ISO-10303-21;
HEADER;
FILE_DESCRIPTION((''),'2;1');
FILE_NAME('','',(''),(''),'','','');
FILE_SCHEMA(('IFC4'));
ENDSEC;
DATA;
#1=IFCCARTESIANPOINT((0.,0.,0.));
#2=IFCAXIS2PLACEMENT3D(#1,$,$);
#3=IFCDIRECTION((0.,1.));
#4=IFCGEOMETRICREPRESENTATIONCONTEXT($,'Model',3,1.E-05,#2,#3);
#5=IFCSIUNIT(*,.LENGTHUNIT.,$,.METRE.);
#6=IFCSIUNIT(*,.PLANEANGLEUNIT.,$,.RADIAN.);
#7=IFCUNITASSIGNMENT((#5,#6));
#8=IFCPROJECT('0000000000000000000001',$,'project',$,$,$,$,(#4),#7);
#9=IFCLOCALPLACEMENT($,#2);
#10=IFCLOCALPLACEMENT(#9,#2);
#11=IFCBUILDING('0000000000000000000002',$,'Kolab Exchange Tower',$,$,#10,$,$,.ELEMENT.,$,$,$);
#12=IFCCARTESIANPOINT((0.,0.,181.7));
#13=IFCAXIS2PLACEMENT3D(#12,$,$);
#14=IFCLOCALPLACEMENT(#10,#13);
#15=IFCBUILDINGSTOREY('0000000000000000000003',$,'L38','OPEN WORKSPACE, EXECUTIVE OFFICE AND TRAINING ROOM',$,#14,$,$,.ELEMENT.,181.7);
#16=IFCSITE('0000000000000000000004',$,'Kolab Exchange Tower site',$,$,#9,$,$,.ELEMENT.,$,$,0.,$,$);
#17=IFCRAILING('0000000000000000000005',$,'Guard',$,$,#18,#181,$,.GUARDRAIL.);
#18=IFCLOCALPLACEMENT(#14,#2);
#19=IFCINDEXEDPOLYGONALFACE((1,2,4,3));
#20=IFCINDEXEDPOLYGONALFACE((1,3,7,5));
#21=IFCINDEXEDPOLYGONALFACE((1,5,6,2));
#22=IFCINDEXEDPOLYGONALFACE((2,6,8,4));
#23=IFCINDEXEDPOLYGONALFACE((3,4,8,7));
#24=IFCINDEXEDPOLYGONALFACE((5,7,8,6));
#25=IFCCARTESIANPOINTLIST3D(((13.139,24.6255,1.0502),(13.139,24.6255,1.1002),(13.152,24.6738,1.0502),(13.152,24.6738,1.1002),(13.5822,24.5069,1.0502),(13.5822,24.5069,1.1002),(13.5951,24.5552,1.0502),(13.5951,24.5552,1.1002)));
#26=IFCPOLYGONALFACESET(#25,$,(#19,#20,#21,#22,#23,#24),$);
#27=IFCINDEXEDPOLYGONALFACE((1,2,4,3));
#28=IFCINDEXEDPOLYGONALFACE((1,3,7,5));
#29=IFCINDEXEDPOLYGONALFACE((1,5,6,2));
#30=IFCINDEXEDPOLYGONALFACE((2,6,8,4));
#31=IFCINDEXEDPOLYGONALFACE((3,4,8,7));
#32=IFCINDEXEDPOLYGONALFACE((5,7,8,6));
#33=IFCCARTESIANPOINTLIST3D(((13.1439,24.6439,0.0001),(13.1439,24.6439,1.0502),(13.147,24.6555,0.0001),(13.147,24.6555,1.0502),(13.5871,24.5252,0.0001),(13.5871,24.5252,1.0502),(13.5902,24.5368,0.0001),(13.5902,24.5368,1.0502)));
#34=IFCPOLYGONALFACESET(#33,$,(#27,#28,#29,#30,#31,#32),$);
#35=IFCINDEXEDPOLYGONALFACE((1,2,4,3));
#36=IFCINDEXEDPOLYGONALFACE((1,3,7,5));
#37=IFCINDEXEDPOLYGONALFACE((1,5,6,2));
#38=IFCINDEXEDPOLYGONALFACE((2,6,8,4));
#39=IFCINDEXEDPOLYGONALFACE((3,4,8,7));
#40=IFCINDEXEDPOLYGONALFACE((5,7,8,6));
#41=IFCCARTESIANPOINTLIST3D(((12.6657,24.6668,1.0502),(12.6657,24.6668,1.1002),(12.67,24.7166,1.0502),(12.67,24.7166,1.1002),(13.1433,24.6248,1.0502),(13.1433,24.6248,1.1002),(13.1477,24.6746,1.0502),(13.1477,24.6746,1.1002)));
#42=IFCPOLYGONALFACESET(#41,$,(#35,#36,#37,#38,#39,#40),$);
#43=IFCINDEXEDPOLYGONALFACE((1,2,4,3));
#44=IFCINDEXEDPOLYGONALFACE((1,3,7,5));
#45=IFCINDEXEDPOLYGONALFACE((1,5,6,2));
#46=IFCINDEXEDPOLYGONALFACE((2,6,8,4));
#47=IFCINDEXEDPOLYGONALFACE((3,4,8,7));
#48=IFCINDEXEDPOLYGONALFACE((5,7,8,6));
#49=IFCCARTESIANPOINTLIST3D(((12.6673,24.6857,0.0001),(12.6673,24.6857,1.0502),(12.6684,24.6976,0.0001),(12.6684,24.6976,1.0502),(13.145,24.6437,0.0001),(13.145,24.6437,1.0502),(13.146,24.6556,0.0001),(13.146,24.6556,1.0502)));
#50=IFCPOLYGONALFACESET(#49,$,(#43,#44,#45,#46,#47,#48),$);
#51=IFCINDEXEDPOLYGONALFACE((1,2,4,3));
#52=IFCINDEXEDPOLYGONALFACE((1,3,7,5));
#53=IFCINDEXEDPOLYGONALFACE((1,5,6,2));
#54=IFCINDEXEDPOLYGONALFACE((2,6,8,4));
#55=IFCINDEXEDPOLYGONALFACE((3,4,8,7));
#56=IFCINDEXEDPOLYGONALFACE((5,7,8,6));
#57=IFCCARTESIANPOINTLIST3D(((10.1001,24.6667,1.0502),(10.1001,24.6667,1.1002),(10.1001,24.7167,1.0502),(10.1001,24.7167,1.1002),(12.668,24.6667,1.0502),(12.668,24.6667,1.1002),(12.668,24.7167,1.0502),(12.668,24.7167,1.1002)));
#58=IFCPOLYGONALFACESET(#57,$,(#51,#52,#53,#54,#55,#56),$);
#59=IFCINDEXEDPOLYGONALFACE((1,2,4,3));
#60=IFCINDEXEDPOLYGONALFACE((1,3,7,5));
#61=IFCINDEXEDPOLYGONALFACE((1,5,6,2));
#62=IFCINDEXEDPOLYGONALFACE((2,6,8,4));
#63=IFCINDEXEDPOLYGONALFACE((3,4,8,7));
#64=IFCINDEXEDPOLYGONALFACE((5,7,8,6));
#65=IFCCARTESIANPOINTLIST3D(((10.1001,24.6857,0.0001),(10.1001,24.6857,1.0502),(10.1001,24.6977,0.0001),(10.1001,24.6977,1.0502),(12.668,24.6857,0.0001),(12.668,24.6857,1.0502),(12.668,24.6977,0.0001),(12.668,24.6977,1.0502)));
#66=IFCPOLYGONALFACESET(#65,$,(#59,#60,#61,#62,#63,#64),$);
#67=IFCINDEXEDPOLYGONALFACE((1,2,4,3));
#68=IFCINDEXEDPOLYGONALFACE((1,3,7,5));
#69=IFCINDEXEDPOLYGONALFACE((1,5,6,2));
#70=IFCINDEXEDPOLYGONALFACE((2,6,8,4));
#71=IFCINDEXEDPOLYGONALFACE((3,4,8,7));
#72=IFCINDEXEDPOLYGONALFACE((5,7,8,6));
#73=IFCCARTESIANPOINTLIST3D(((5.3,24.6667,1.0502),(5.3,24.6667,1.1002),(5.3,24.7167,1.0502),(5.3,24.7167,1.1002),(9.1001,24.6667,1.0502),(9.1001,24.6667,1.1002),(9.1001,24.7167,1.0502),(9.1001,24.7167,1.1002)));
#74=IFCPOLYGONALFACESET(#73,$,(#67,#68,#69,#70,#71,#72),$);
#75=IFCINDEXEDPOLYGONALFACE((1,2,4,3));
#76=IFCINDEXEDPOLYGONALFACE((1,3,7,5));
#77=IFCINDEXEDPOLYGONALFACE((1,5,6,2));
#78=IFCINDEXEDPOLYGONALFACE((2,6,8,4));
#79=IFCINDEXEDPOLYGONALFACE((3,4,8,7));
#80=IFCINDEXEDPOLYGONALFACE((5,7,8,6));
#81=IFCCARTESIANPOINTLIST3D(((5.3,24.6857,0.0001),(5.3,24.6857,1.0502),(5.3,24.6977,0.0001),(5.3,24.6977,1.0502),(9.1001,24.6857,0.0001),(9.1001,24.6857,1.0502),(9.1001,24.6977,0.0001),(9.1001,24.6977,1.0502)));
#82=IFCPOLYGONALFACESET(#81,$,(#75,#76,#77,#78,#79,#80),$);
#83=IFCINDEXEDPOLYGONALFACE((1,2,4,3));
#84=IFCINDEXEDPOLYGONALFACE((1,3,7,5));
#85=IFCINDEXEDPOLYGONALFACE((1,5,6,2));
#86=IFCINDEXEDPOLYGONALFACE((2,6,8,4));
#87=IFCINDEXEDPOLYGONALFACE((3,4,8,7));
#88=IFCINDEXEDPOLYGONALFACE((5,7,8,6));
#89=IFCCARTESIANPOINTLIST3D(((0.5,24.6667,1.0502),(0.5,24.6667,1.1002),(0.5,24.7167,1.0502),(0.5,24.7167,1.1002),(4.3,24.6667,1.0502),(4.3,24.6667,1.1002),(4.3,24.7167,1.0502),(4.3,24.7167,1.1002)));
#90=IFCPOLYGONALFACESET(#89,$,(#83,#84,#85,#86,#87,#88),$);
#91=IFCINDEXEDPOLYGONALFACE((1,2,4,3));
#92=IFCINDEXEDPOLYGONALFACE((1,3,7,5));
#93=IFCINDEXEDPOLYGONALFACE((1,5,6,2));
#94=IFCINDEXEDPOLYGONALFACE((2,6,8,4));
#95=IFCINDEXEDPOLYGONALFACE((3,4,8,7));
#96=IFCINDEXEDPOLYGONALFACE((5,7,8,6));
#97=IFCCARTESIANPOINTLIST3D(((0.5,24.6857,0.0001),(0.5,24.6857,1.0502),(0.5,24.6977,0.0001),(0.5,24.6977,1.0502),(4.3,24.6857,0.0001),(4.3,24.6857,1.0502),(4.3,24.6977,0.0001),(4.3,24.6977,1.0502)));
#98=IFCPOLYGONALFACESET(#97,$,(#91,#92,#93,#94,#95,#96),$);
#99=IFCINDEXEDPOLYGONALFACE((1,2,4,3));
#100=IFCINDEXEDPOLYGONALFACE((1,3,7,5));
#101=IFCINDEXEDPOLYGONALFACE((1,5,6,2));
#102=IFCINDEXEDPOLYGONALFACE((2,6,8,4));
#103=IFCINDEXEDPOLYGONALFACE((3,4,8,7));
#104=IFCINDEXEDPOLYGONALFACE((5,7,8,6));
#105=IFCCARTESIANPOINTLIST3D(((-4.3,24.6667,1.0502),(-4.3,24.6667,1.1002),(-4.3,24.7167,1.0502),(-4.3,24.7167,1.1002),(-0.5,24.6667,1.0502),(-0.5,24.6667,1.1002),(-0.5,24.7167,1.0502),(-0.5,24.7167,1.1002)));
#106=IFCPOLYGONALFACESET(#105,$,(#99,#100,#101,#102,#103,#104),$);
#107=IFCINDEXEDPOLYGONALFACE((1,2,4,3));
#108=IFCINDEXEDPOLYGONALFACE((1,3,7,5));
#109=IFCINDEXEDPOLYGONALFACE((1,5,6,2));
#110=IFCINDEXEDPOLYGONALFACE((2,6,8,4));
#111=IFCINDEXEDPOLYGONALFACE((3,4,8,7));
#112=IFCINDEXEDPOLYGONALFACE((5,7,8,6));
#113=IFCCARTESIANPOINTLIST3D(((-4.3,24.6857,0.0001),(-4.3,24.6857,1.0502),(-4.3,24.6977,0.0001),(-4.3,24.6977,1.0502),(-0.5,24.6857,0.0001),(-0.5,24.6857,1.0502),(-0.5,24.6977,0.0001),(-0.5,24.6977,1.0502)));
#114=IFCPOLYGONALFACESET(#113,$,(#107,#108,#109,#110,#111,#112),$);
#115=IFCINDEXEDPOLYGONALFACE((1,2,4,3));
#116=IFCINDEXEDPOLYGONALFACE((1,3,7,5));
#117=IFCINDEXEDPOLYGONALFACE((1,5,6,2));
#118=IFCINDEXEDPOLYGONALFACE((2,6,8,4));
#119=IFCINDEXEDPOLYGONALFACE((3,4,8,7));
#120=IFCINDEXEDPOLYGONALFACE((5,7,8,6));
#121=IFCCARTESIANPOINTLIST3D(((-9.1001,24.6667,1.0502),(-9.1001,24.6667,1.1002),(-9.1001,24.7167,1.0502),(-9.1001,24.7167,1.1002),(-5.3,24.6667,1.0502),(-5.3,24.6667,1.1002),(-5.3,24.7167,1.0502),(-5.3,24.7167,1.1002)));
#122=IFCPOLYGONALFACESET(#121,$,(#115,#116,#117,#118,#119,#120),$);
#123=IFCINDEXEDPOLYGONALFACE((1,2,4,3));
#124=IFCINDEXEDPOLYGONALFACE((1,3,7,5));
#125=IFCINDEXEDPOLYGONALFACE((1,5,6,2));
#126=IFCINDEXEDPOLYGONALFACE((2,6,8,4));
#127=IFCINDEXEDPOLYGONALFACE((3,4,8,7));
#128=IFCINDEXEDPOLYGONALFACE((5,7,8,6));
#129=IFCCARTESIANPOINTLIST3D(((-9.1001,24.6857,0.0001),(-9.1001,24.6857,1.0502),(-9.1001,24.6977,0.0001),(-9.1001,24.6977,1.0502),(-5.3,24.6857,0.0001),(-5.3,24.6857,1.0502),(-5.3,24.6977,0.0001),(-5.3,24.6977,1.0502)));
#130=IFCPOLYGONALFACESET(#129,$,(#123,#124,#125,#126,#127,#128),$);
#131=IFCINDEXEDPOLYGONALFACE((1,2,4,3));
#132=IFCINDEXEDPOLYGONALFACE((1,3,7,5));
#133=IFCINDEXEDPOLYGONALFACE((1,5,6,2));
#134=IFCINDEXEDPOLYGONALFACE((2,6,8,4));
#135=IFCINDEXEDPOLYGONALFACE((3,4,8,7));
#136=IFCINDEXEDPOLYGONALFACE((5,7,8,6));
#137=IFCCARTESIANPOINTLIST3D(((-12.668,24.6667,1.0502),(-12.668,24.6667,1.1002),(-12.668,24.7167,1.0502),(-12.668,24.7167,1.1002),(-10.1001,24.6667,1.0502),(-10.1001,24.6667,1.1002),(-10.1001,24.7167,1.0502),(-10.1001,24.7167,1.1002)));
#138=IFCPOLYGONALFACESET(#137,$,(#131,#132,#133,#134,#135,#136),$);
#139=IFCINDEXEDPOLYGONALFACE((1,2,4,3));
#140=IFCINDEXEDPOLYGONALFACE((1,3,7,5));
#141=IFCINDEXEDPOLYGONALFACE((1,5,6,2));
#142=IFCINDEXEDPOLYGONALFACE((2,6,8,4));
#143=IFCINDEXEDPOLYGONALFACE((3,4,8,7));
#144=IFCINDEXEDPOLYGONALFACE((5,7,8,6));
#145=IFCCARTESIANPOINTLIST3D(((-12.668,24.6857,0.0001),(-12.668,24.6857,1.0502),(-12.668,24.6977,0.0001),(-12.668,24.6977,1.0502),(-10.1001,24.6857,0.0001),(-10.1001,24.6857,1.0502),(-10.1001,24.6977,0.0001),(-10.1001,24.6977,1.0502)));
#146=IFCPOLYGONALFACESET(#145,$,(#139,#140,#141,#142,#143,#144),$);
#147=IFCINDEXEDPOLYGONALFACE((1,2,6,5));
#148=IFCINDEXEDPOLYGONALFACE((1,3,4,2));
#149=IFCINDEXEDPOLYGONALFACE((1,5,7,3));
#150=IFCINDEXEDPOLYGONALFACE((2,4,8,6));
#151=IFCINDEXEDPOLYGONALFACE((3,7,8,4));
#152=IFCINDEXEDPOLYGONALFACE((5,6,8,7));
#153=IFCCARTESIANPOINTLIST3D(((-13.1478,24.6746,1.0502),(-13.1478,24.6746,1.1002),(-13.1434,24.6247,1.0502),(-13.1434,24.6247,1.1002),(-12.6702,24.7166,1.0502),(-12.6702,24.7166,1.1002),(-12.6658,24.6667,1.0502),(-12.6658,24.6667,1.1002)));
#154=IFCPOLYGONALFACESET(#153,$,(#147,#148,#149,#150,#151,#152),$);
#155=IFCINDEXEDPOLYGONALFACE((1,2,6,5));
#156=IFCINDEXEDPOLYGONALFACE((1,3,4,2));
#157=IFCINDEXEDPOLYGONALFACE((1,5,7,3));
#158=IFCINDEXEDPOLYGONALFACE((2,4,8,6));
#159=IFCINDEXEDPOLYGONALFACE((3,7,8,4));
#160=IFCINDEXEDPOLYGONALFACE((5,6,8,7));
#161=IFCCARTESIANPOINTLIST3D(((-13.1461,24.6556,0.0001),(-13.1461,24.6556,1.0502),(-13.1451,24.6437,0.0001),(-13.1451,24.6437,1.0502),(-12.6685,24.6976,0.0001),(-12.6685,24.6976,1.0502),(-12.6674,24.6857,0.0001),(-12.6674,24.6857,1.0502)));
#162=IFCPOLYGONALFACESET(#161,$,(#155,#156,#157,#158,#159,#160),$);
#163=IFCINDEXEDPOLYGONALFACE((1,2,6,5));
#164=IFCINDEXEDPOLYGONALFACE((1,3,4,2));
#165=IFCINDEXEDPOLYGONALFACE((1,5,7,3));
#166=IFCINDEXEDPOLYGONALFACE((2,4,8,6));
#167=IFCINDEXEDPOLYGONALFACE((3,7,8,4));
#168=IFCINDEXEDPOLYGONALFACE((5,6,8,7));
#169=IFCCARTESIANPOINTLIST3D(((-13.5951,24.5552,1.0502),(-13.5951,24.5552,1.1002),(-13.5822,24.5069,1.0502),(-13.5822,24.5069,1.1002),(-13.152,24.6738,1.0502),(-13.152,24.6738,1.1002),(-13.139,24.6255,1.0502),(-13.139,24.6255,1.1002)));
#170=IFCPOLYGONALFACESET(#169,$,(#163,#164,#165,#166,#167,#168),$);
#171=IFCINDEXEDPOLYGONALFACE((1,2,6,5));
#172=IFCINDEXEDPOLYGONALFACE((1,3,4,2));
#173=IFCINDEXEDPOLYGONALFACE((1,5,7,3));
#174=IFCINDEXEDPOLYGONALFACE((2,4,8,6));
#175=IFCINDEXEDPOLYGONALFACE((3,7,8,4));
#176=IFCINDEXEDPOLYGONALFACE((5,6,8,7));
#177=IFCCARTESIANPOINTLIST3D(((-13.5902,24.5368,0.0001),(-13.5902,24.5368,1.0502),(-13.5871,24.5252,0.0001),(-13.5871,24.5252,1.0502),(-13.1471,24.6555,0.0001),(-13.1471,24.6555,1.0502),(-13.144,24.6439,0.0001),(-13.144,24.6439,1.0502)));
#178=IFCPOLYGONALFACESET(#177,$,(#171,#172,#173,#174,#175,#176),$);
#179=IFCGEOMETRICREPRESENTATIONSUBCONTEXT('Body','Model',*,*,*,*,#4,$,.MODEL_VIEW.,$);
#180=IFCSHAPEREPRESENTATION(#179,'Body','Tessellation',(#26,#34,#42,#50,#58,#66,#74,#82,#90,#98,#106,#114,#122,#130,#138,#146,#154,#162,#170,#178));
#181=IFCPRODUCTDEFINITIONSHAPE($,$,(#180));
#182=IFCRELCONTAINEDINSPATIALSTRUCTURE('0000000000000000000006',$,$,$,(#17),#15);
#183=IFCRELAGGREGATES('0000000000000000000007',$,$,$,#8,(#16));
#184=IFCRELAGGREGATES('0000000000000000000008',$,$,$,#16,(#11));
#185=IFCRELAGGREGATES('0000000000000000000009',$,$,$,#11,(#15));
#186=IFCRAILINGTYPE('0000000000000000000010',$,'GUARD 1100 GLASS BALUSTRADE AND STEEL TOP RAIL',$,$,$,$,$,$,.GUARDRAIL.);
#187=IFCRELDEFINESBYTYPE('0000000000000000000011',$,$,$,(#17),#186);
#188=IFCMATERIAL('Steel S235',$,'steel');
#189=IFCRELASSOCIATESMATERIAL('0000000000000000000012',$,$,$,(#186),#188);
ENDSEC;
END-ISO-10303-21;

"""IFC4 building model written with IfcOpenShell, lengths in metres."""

from ifc_helpers import new_model, si_unit, direction, frame, frame_2d, origin, origin_2d, place, context, subcontext, project, spatial, rectangle, extrude, material, type_object, element, save


model = new_model("IFC4")

# Units and contexts
model_context = context("Model", 3, precision=1e-05, world=origin(), true_north=direction((0.0, 1.0)))
body_context = subcontext(model_context, "Body", "Model", "MODEL_VIEW")
ifc_project = project(units=[si_unit("LENGTHUNIT", "METRE"), si_unit("PLANEANGLEUNIT", "RADIAN")], contexts=[model_context])

# Site, building, storey
site_placement = place(None, origin())
site = spatial("IfcSite", under=ifc_project, at=site_placement, Name="Kolab Exchange Tower site", CompositionType="ELEMENT", RefElevation=0.0)
building_placement = place(site_placement, origin())
building = spatial("IfcBuilding", under=site, at=building_placement, Name="Kolab Exchange Tower", CompositionType="ELEMENT")
storey_placement = place(building_placement, frame((0.0, 0.0, 181.7)))
storey = spatial("IfcBuildingStorey", under=building, at=storey_placement, Name="L38", Description="OPEN WORKSPACE, EXECUTIVE OFFICE AND TRAINING ROOM", CompositionType="ELEMENT", Elevation=181.7)

# Railing
ifc_material_1 = material(Name="Steel S235", Category="steel")
railing_type = type_object("IfcRailingType", Name="GUARD 1100 GLASS BALUSTRADE AND STEEL TOP RAIL", PredefinedType="GUARDRAIL", material=ifc_material_1)
railing_placement = place(storey_placement, frame((13.5886, 24.531, 0.0)))
element("IfcRailing", 1, at=railing_placement, inside=storey, type_object=railing_type, Name="Guard", PredefinedType="GUARDRAIL", context=body_context, shape_type="SweptSolid", body=[
    extrude(rectangle(XDim=0.05, YDim=0.05, at=origin_2d()), frame((0.0, 0.0, 1.0752), z_axis=(-0.965969, 0.258656, 0.0), x_axis=(-0.258656, -0.965969, 0.0)), (0.0, 0.0, 1.0), 0.4587),
    extrude(rectangle(XDim=0.012, YDim=1.0501, at=frame_2d((0.0, 0.5251))), frame((0.0, 0.0, 0.0), z_axis=(-0.965969, 0.258656, 0.0), x_axis=(-0.258656, -0.965969, 0.0)), (0.0, 0.0, 1.0), 0.4587),
    extrude(rectangle(XDim=0.05, YDim=0.05, at=origin_2d()), frame((-0.4431, 0.1187, 1.0752), z_axis=(-0.996156, 0.087597, 0.0), x_axis=(-0.087597, -0.996156, 0.0)), (0.0, 0.0, 1.0), 0.4795),
    extrude(rectangle(XDim=0.012, YDim=1.0501, at=frame_2d((0.0, 0.5251))), frame((-0.4431, 0.1187, 0.0), z_axis=(-0.996156, 0.087597, 0.0), x_axis=(-0.087597, -0.996156, 0.0)), (0.0, 0.0, 1.0), 0.4795),
    extrude(rectangle(XDim=0.05, YDim=0.05, at=origin_2d()), frame((-0.9207, 0.1606, 1.0752), z_axis=(-1.0, 0.0, 0.0), x_axis=(0.0, -1.0, 0.0)), (0.0, 0.0, 1.0), 2.5679),
    extrude(rectangle(XDim=0.012, YDim=1.0501, at=frame_2d((0.0, 0.5251))), frame((-0.9207, 0.1606, 0.0), z_axis=(-1.0, 0.0, 0.0), x_axis=(0.0, -1.0, 0.0)), (0.0, 0.0, 1.0), 2.5679),
    extrude(rectangle(XDim=0.05, YDim=0.05, at=origin_2d()), frame((-4.4885, 0.1606, 1.0752), z_axis=(-1.0, 0.0, 0.0), x_axis=(0.0, -1.0, 0.0)), (0.0, 0.0, 1.0), 3.8),
    extrude(rectangle(XDim=0.012, YDim=1.0501, at=frame_2d((0.0, 0.5251))), frame((-4.4885, 0.1606, 0.0), z_axis=(-1.0, 0.0, 0.0), x_axis=(0.0, -1.0, 0.0)), (0.0, 0.0, 1.0), 3.8),
    extrude(rectangle(XDim=0.05, YDim=0.05, at=origin_2d()), frame((-9.2886, 0.1606, 1.0752), z_axis=(-1.0, 0.0, 0.0), x_axis=(0.0, -1.0, 0.0)), (0.0, 0.0, 1.0), 3.8),
    extrude(rectangle(XDim=0.012, YDim=1.0501, at=frame_2d((0.0, 0.5251))), frame((-9.2886, 0.1606, 0.0), z_axis=(-1.0, 0.0, 0.0), x_axis=(0.0, -1.0, 0.0)), (0.0, 0.0, 1.0), 3.8),
    extrude(rectangle(XDim=0.05, YDim=0.05, at=origin_2d()), frame((-14.0886, 0.1606, 1.0752), z_axis=(-1.0, 0.0, 0.0), x_axis=(0.0, -1.0, 0.0)), (0.0, 0.0, 1.0), 3.8),
    extrude(rectangle(XDim=0.012, YDim=1.0501, at=frame_2d((0.0, 0.5251))), frame((-14.0886, 0.1606, 0.0), z_axis=(-1.0, 0.0, 0.0), x_axis=(0.0, -1.0, 0.0)), (0.0, 0.0, 1.0), 3.8),
    extrude(rectangle(XDim=0.05, YDim=0.05, at=origin_2d()), frame((-18.8887, 0.1606, 1.0752), z_axis=(-1.0, 0.0, 0.0), x_axis=(0.0, -1.0, 0.0)), (0.0, 0.0, 1.0), 3.8),
    extrude(rectangle(XDim=0.012, YDim=1.0501, at=frame_2d((0.0, 0.5251))), frame((-18.8887, 0.1606, 0.0), z_axis=(-1.0, 0.0, 0.0), x_axis=(0.0, -1.0, 0.0)), (0.0, 0.0, 1.0), 3.8),
    extrude(rectangle(XDim=0.05, YDim=0.05, at=origin_2d()), frame((-23.6887, 0.1606, 1.0752), z_axis=(-1.0, 0.0, 0.0), x_axis=(0.0, -1.0, 0.0)), (0.0, 0.0, 1.0), 2.5679),
    extrude(rectangle(XDim=0.012, YDim=1.0501, at=frame_2d((0.0, 0.5251))), frame((-23.6887, 0.1606, 0.0), z_axis=(-1.0, 0.0, 0.0), x_axis=(0.0, -1.0, 0.0)), (0.0, 0.0, 1.0), 2.5679),
    extrude(rectangle(XDim=0.05, YDim=0.05, at=origin_2d()), frame((-26.2566, 0.1606, 1.0752), z_axis=(-0.996156, -0.087597, 0.0), x_axis=(0.087597, -0.996156, 0.0)), (0.0, 0.0, 1.0), 0.4795),
    extrude(rectangle(XDim=0.012, YDim=1.0501, at=frame_2d((0.0, 0.5251))), frame((-26.2566, 0.1606, 0.0), z_axis=(-0.996156, -0.087597, 0.0), x_axis=(0.087597, -0.996156, 0.0)), (0.0, 0.0, 1.0), 0.4795),
    extrude(rectangle(XDim=0.05, YDim=0.05, at=origin_2d()), frame((-26.7341, 0.1187, 1.0752), z_axis=(-0.965969, -0.258656, 0.0), x_axis=(0.258656, -0.965969, 0.0)), (0.0, 0.0, 1.0), 0.4587),
    extrude(rectangle(XDim=0.012, YDim=1.0501, at=frame_2d((0.0, 0.5251))), frame((-26.7341, 0.1187, 0.0), z_axis=(-0.965969, -0.258656, 0.0), x_axis=(0.258656, -0.965969, 0.0)), (0.0, 0.0, 1.0), 0.4587),
])

save(model, "model.ifc")
